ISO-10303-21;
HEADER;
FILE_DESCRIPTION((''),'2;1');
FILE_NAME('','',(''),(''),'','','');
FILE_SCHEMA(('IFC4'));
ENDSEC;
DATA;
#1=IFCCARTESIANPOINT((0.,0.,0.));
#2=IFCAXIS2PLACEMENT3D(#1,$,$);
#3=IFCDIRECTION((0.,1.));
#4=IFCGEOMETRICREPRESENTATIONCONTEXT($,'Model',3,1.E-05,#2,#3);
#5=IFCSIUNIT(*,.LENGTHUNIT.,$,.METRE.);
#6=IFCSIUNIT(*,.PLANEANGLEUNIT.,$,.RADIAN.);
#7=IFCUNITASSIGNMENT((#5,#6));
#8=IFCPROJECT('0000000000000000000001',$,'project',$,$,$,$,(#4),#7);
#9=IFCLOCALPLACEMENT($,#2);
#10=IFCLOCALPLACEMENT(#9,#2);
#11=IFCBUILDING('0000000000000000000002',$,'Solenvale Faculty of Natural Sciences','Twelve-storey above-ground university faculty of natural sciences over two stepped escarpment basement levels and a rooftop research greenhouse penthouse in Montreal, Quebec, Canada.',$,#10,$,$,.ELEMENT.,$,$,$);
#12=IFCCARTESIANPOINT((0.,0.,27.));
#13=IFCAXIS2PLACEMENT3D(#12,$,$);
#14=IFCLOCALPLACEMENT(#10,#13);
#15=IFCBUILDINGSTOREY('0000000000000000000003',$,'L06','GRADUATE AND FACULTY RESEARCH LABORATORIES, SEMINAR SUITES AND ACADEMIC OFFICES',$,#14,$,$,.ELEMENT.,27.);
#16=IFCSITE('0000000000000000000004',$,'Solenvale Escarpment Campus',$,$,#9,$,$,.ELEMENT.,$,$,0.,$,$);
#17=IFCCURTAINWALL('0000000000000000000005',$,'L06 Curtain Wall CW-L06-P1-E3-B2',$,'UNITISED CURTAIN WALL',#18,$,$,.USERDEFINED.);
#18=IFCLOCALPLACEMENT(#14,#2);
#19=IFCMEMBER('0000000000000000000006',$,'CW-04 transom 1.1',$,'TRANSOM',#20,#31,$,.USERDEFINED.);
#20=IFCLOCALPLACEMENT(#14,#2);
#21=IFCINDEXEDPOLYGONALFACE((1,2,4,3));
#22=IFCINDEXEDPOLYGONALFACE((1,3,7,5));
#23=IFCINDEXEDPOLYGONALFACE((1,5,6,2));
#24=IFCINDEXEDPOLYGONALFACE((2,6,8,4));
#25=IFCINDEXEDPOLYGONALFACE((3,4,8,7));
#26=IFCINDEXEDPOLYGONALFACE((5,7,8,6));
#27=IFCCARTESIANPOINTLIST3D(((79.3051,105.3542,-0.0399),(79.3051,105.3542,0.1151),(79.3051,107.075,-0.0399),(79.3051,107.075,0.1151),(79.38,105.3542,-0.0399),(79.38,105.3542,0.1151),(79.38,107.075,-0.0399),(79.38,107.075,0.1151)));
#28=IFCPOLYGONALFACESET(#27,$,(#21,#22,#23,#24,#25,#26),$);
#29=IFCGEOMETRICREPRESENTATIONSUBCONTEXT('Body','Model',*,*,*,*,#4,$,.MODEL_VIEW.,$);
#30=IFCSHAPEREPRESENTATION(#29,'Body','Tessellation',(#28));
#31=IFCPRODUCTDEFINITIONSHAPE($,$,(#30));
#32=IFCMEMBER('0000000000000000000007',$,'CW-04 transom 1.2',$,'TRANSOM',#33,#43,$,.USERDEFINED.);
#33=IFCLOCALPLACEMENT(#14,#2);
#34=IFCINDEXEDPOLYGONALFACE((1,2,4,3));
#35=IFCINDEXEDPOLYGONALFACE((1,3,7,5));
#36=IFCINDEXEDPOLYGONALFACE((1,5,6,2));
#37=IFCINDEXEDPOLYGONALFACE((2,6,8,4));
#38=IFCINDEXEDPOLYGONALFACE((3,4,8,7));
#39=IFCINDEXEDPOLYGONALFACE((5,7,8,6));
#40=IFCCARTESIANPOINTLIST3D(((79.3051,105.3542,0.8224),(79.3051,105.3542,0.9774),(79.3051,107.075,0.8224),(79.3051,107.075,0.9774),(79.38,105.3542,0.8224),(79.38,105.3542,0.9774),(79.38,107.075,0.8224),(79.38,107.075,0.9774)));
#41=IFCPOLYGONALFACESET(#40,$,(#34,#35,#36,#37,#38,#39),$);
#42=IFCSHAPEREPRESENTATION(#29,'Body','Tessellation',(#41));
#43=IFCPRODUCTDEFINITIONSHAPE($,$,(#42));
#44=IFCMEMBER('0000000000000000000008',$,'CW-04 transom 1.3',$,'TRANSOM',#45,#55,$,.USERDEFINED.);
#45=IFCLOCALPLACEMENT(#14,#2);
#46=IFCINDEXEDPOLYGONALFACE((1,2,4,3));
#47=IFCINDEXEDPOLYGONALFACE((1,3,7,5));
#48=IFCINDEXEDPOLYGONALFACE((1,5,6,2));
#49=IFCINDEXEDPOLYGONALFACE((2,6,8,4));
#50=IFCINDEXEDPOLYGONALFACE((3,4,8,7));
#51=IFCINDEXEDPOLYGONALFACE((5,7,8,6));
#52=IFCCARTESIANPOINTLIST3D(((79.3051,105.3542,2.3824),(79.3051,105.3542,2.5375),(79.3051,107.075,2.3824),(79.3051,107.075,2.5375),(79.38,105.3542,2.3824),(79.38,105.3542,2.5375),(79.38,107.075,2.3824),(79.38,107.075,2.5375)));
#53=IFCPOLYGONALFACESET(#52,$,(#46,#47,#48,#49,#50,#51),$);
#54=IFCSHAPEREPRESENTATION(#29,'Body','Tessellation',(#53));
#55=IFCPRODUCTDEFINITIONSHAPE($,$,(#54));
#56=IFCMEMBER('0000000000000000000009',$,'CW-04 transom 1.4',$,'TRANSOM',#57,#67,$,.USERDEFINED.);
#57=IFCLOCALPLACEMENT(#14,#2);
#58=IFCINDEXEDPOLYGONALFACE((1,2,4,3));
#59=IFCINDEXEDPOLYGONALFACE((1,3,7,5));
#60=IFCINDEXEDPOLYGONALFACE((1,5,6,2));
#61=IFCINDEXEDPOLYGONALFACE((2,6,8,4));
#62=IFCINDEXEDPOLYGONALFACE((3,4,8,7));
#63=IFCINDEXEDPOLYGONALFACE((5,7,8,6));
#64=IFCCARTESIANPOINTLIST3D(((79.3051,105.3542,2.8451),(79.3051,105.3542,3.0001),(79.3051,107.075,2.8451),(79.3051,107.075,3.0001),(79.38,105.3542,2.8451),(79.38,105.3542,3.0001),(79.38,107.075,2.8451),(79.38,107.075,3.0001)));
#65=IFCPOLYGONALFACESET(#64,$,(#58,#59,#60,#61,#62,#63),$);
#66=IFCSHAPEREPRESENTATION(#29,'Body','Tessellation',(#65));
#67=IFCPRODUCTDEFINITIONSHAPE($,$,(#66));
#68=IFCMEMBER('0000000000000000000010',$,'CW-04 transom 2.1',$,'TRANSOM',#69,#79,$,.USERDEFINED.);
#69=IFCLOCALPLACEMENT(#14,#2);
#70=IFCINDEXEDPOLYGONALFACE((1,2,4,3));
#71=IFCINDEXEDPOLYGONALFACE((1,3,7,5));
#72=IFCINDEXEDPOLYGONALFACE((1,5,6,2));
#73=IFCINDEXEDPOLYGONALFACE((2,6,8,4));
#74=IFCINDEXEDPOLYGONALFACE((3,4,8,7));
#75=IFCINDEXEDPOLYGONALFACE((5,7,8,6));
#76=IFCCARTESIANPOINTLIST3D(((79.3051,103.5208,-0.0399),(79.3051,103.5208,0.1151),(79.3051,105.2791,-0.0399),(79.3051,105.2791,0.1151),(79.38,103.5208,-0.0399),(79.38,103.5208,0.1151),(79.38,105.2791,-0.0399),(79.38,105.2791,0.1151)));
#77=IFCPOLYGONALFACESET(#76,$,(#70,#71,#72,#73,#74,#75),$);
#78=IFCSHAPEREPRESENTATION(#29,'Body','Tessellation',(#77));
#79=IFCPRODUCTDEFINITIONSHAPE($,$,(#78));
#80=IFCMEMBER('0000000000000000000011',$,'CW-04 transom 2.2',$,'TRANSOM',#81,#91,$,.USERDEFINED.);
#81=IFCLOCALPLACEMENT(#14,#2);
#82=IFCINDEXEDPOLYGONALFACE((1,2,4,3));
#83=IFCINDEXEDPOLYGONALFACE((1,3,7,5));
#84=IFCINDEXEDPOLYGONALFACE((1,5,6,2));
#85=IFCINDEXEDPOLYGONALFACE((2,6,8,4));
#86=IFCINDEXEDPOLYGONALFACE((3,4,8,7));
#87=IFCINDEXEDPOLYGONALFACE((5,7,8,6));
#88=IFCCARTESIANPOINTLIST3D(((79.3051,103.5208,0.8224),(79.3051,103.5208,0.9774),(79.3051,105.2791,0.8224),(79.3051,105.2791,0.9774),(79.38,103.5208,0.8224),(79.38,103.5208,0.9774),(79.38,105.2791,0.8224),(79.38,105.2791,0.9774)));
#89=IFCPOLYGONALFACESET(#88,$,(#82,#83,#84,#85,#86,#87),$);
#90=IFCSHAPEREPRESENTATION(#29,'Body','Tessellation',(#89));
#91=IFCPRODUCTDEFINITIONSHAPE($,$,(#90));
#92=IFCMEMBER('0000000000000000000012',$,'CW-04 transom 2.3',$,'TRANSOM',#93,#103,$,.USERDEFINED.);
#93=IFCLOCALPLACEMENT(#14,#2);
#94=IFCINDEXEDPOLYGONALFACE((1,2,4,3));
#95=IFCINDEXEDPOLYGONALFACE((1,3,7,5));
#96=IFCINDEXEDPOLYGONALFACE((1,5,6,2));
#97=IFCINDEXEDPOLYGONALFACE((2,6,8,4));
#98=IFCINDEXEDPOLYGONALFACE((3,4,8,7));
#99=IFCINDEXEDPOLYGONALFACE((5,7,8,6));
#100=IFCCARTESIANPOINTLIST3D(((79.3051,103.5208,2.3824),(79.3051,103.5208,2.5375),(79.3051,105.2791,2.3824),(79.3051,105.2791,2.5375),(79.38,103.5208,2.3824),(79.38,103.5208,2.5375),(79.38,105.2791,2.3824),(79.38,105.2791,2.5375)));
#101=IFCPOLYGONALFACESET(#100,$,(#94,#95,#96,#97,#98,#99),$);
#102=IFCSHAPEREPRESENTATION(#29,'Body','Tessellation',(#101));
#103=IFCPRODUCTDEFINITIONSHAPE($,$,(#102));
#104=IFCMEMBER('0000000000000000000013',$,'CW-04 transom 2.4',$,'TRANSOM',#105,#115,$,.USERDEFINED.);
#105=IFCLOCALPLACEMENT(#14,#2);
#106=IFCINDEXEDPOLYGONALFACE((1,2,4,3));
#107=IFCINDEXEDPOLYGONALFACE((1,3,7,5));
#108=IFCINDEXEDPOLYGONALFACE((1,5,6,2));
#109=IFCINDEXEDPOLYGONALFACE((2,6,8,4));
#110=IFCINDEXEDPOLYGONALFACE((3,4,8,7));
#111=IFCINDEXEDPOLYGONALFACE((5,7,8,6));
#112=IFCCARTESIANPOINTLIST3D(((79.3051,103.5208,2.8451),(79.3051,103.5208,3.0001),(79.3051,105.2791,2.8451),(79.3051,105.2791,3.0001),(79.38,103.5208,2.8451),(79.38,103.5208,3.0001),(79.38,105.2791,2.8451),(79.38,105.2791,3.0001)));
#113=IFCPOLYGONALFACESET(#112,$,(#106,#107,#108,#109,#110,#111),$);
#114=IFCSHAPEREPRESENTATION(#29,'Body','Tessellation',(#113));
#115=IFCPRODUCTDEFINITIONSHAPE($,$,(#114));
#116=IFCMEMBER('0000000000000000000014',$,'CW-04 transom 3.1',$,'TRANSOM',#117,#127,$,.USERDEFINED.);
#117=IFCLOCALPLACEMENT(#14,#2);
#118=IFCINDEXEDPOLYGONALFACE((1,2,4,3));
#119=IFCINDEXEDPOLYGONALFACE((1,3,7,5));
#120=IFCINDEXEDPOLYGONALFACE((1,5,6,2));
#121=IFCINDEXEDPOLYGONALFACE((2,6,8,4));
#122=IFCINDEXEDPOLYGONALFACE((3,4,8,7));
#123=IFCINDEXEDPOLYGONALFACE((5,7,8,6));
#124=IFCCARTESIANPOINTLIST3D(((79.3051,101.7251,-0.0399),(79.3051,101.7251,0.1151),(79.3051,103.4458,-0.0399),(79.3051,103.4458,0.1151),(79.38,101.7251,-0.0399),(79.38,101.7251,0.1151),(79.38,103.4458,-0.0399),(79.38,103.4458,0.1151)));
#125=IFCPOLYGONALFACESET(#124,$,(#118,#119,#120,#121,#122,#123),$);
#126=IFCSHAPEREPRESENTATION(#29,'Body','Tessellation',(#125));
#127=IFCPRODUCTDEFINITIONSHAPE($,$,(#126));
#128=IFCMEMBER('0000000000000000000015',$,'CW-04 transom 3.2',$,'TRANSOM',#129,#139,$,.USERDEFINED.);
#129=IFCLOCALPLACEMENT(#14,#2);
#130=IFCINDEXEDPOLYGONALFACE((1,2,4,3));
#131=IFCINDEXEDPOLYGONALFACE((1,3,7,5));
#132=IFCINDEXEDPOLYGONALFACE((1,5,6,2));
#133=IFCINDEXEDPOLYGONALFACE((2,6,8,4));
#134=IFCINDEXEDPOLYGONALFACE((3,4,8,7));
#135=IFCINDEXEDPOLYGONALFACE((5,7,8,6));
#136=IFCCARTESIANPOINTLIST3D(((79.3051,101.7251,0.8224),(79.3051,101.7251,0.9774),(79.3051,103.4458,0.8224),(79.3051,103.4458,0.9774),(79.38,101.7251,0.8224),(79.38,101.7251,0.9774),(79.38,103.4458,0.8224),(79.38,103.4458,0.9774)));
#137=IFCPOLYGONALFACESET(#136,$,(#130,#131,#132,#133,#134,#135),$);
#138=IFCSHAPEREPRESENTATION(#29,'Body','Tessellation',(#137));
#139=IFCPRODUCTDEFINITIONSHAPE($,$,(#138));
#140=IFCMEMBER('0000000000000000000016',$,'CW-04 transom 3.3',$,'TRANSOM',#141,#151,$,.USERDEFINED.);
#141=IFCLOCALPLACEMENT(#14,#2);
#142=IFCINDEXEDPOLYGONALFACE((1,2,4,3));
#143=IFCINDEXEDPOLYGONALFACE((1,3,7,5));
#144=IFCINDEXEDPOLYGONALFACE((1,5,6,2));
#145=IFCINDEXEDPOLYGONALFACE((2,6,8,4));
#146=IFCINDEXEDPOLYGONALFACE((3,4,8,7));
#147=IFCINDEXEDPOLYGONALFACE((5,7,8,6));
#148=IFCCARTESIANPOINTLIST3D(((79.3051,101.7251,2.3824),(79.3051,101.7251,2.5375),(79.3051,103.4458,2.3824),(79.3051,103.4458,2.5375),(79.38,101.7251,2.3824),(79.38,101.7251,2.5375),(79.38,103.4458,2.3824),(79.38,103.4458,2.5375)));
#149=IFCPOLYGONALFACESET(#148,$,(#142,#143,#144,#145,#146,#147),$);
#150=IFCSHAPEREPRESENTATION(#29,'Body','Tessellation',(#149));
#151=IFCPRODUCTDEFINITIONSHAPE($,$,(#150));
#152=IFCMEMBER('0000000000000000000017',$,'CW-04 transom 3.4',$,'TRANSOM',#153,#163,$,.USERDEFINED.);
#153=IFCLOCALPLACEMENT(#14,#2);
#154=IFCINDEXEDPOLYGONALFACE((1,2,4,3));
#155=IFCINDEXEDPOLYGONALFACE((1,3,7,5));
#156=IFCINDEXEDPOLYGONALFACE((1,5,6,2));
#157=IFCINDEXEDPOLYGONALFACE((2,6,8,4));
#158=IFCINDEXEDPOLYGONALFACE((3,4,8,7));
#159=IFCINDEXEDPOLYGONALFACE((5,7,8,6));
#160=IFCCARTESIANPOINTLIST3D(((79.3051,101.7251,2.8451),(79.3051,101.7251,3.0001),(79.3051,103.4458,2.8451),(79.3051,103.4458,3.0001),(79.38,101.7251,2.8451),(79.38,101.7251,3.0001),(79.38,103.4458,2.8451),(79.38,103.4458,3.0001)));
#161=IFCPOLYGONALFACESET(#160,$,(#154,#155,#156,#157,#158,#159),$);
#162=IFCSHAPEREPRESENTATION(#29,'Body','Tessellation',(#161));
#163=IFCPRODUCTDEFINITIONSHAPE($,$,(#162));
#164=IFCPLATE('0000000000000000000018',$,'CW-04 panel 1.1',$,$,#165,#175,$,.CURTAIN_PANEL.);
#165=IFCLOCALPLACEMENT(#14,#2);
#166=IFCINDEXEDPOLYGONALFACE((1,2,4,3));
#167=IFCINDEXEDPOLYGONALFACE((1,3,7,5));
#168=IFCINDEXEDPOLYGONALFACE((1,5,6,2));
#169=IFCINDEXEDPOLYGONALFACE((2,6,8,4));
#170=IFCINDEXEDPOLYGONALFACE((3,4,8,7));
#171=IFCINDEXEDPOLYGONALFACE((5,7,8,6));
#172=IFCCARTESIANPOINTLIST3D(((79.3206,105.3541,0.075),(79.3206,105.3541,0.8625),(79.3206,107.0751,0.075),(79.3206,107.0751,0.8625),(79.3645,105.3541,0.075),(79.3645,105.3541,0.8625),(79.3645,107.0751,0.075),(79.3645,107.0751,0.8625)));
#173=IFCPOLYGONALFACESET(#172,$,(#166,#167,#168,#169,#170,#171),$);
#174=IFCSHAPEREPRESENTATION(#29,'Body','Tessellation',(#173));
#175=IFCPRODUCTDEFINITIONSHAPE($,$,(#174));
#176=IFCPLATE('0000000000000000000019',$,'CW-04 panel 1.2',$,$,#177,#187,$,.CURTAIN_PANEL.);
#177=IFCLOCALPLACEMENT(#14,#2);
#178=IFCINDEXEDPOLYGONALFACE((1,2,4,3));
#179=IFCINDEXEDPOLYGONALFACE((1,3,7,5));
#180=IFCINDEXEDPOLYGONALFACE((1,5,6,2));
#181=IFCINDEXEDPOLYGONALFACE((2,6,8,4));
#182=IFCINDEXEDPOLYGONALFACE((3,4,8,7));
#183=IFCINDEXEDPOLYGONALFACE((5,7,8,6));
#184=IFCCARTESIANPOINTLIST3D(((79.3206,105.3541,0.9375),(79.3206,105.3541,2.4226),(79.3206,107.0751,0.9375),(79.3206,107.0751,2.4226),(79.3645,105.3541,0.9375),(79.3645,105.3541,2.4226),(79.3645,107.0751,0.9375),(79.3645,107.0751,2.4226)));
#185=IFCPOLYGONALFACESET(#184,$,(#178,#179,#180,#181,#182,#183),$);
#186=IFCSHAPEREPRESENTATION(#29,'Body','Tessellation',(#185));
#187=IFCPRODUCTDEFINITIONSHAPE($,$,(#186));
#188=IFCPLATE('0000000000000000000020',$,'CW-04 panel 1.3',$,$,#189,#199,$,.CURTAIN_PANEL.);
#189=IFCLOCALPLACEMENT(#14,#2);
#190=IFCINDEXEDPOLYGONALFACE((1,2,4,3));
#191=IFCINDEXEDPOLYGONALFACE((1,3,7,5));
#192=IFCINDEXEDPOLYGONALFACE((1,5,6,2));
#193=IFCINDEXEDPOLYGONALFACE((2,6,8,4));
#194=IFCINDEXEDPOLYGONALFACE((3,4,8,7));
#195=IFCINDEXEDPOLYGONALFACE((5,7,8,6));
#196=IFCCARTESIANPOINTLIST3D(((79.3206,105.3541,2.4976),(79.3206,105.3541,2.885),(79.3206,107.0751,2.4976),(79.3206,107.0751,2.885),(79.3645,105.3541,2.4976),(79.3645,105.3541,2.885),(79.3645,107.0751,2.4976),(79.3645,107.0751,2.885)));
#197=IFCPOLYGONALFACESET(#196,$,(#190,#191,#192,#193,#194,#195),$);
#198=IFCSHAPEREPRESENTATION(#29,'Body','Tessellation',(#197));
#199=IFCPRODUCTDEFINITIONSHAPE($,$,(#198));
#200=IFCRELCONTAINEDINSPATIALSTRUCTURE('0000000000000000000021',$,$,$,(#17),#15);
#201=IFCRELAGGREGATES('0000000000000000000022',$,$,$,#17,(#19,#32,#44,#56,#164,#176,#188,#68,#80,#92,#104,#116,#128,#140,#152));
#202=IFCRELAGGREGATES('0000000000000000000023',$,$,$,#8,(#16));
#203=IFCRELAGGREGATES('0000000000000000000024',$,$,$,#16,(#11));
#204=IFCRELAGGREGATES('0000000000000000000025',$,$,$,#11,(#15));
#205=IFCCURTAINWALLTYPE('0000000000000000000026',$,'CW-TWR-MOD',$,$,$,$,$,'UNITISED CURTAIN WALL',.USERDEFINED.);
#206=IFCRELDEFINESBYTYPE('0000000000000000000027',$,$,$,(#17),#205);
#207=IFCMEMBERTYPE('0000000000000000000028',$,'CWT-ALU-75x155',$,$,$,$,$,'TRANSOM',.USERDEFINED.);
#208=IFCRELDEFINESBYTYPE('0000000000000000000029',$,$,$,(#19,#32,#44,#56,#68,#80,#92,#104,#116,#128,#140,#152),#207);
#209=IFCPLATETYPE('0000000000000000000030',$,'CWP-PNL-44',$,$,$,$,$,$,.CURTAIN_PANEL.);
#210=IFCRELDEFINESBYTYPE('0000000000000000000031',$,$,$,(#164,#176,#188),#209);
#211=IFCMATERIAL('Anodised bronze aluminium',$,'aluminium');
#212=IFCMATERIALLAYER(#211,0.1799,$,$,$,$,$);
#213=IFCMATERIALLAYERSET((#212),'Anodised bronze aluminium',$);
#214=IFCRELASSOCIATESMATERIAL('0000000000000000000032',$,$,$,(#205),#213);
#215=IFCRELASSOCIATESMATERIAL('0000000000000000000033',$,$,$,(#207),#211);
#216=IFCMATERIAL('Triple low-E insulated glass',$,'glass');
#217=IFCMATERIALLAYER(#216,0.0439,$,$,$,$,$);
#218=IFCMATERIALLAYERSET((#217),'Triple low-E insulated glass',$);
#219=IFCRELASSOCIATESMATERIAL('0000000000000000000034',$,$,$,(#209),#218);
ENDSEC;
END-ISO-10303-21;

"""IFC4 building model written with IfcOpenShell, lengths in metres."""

from ifc_helpers import new_model, si_unit, direction, frame, origin, origin_2d, place, context, subcontext, project, spatial, rectangle, extrude, material, layer, layer_set, material_profile, profile_set, type_object, element, aggregate, save


model = new_model("IFC4")

# Units and contexts
model_context = context("Model", 3, precision=1e-05, world=origin(), true_north=direction((0.0, 1.0)))
body_context = subcontext(model_context, "Body", "Model", "MODEL_VIEW")
ifc_project = project(units=[si_unit("LENGTHUNIT", "METRE"), si_unit("PLANEANGLEUNIT", "RADIAN")], contexts=[model_context])

# Site, building, storey
site_placement = place(None, origin())
site = spatial("IfcSite", under=ifc_project, at=site_placement, Name="Solenvale Escarpment Campus", CompositionType="ELEMENT", RefElevation=0.0)
building_placement = place(site_placement, origin())
building = spatial("IfcBuilding", under=site, at=building_placement, Name="Solenvale Faculty of Natural Sciences", Description="Twelve-storey above-ground university faculty of natural sciences over two stepped escarpment basement levels and a rooftop research greenhouse penthouse in Montreal, Quebec, Canada.", CompositionType="ELEMENT")
storey_placement = place(building_placement, frame((0.0, 0.0, 27.0)))
storey = spatial("IfcBuildingStorey", under=building, at=storey_placement, Name="L06", Description="GRADUATE AND FACULTY RESEARCH LABORATORIES, SEMINAR SUITES AND ACADEMIC OFFICES", CompositionType="ELEMENT", Elevation=27.0)

# Curtain wall, members, plates
ifc_material_1 = material(Name="Anodised bronze aluminium", Category="aluminium")
ifc_layer_1 = layer(ifc_material_1, 0.1799)
ifc_layer_set_1 = layer_set([ifc_layer_1], Name="Anodised bronze aluminium")
curtain_wall_type = type_object("IfcCurtainWallType", Name="CW-TWR-MOD", ElementType="UNITISED CURTAIN WALL", PredefinedType="USERDEFINED", material=ifc_layer_set_1)
curtain_wall_placement = place(storey_placement, origin())
curtain_wall = element("IfcCurtainWall", 1, at=curtain_wall_placement, inside=storey, type_object=curtain_wall_type, Name="L06 Curtain Wall CW-L06-P1-E3-B2", ObjectType="UNITISED CURTAIN WALL", PredefinedType="USERDEFINED")
ifc_material_profile_1 = material_profile(ifc_material_1, rectangle(XDim=0.075, YDim=0.155, at=origin_2d()), Name="ALU-TRN-75x155")
ifc_profile_set_1 = profile_set([ifc_material_profile_1], Name="Anodised bronze aluminium")
member_type_1 = type_object("IfcMemberType", Name="CWT-ALU-75x155", ElementType="TRANSOM", PredefinedType="USERDEFINED", material=ifc_profile_set_1)
member_1_placement = place(storey_placement, frame((79.3425, 107.075, 0.0376), z_axis=(0.0, -1.0, 0.0), x_axis=(1.0, 0.0, 0.0)))
member_1 = element("IfcMember", 2, at=member_1_placement, type_object=member_type_1, Name="CW-04 transom 1.1", ObjectType="TRANSOM", PredefinedType="USERDEFINED", context=body_context, shape_type="SweptSolid", body=[
    extrude(rectangle(XDim=0.075, YDim=0.155, at=origin_2d()), origin(), (0.0, 0.0, 1.0), 1.7207),
])
member_2_placement = place(storey_placement, frame((79.3425, 107.075, 0.8999), z_axis=(0.0, -1.0, 0.0), x_axis=(1.0, 0.0, 0.0)))
member_2 = element("IfcMember", 3, at=member_2_placement, type_object=member_type_1, Name="CW-04 transom 1.2", ObjectType="TRANSOM", PredefinedType="USERDEFINED", context=body_context, shape_type="SweptSolid", body=[
    extrude(rectangle(XDim=0.075, YDim=0.155, at=origin_2d()), origin(), (0.0, 0.0, 1.0), 1.7207),
])
member_3_placement = place(storey_placement, frame((79.3425, 107.075, 2.46), z_axis=(0.0, -1.0, 0.0), x_axis=(1.0, 0.0, 0.0)))
member_3 = element("IfcMember", 4, at=member_3_placement, type_object=member_type_1, Name="CW-04 transom 1.3", ObjectType="TRANSOM", PredefinedType="USERDEFINED", context=body_context, shape_type="SweptSolid", body=[
    extrude(rectangle(XDim=0.075, YDim=0.155, at=origin_2d()), origin(), (0.0, 0.0, 1.0), 1.7207),
])
member_4_placement = place(storey_placement, frame((79.3425, 107.075, 2.9226), z_axis=(0.0, -1.0, 0.0), x_axis=(1.0, 0.0, 0.0)))
member_4 = element("IfcMember", 5, at=member_4_placement, type_object=member_type_1, Name="CW-04 transom 1.4", ObjectType="TRANSOM", PredefinedType="USERDEFINED", context=body_context, shape_type="SweptSolid", body=[
    extrude(rectangle(XDim=0.075, YDim=0.155, at=origin_2d()), origin(), (0.0, 0.0, 1.0), 1.7207),
])
member_5_placement = place(storey_placement, frame((79.3425, 105.2791, 0.0376), z_axis=(0.0, -1.0, 0.0), x_axis=(1.0, 0.0, 0.0)))
member_5 = element("IfcMember", 6, at=member_5_placement, type_object=member_type_1, Name="CW-04 transom 2.1", ObjectType="TRANSOM", PredefinedType="USERDEFINED", context=body_context, shape_type="SweptSolid", body=[
    extrude(rectangle(XDim=0.075, YDim=0.155, at=origin_2d()), origin(), (0.0, 0.0, 1.0), 1.7583),
])
member_6_placement = place(storey_placement, frame((79.3425, 105.2791, 0.8999), z_axis=(0.0, -1.0, 0.0), x_axis=(1.0, 0.0, 0.0)))
member_6 = element("IfcMember", 7, at=member_6_placement, type_object=member_type_1, Name="CW-04 transom 2.2", ObjectType="TRANSOM", PredefinedType="USERDEFINED", context=body_context, shape_type="SweptSolid", body=[
    extrude(rectangle(XDim=0.075, YDim=0.155, at=origin_2d()), origin(), (0.0, 0.0, 1.0), 1.7583),
])
member_7_placement = place(storey_placement, frame((79.3425, 105.2791, 2.46), z_axis=(0.0, -1.0, 0.0), x_axis=(1.0, 0.0, 0.0)))
member_7 = element("IfcMember", 8, at=member_7_placement, type_object=member_type_1, Name="CW-04 transom 2.3", ObjectType="TRANSOM", PredefinedType="USERDEFINED", context=body_context, shape_type="SweptSolid", body=[
    extrude(rectangle(XDim=0.075, YDim=0.155, at=origin_2d()), origin(), (0.0, 0.0, 1.0), 1.7583),
])
member_8_placement = place(storey_placement, frame((79.3425, 105.2791, 2.9226), z_axis=(0.0, -1.0, 0.0), x_axis=(1.0, 0.0, 0.0)))
member_8 = element("IfcMember", 9, at=member_8_placement, type_object=member_type_1, Name="CW-04 transom 2.4", ObjectType="TRANSOM", PredefinedType="USERDEFINED", context=body_context, shape_type="SweptSolid", body=[
    extrude(rectangle(XDim=0.075, YDim=0.155, at=origin_2d()), origin(), (0.0, 0.0, 1.0), 1.7583),
])
member_9_placement = place(storey_placement, frame((79.3425, 103.4458, 0.0376), z_axis=(0.0, -1.0, 0.0), x_axis=(1.0, 0.0, 0.0)))
member_9 = element("IfcMember", 10, at=member_9_placement, type_object=member_type_1, Name="CW-04 transom 3.1", ObjectType="TRANSOM", PredefinedType="USERDEFINED", context=body_context, shape_type="SweptSolid", body=[
    extrude(rectangle(XDim=0.075, YDim=0.155, at=origin_2d()), origin(), (0.0, 0.0, 1.0), 1.7207),
])
member_10_placement = place(storey_placement, frame((79.3425, 103.4458, 0.8999), z_axis=(0.0, -1.0, 0.0), x_axis=(1.0, 0.0, 0.0)))
member_10 = element("IfcMember", 11, at=member_10_placement, type_object=member_type_1, Name="CW-04 transom 3.2", ObjectType="TRANSOM", PredefinedType="USERDEFINED", context=body_context, shape_type="SweptSolid", body=[
    extrude(rectangle(XDim=0.075, YDim=0.155, at=origin_2d()), origin(), (0.0, 0.0, 1.0), 1.7207),
])
member_11_placement = place(storey_placement, frame((79.3425, 103.4458, 2.46), z_axis=(0.0, -1.0, 0.0), x_axis=(1.0, 0.0, 0.0)))
member_11 = element("IfcMember", 12, at=member_11_placement, type_object=member_type_1, Name="CW-04 transom 3.3", ObjectType="TRANSOM", PredefinedType="USERDEFINED", context=body_context, shape_type="SweptSolid", body=[
    extrude(rectangle(XDim=0.075, YDim=0.155, at=origin_2d()), origin(), (0.0, 0.0, 1.0), 1.7207),
])
member_12_placement = place(storey_placement, frame((79.3425, 103.4458, 2.9226), z_axis=(0.0, -1.0, 0.0), x_axis=(1.0, 0.0, 0.0)))
member_12 = element("IfcMember", 13, at=member_12_placement, type_object=member_type_1, Name="CW-04 transom 3.4", ObjectType="TRANSOM", PredefinedType="USERDEFINED", context=body_context, shape_type="SweptSolid", body=[
    extrude(rectangle(XDim=0.075, YDim=0.155, at=origin_2d()), origin(), (0.0, 0.0, 1.0), 1.7207),
])
ifc_material_2 = material(Name="Triple low-E insulated glass", Category="glass")
ifc_layer_2 = layer(ifc_material_2, 0.0439)
ifc_layer_set_2 = layer_set([ifc_layer_2], Name="Triple low-E insulated glass")
plate_type = type_object("IfcPlateType", Name="CWP-PNL-44", PredefinedType="CURTAIN_PANEL", material=ifc_layer_set_2)
plate_1_placement = place(storey_placement, frame((79.3425, 106.2146, 0.075), z_axis=(0.0, 0.0, 1.0), x_axis=(0.0, -1.0, 0.0)))
plate_1 = element("IfcPlate", 14, at=plate_1_placement, type_object=plate_type, Name="CW-04 panel 1.1", PredefinedType="CURTAIN_PANEL", context=body_context, shape_type="SweptSolid", body=[
    extrude(rectangle(XDim=1.7209, YDim=0.0439, at=origin_2d()), origin(), (0.0, 0.0, 1.0), 0.7876),
])
plate_2_placement = place(storey_placement, frame((79.3425, 106.2146, 0.9375), z_axis=(0.0, 0.0, 1.0), x_axis=(0.0, -1.0, 0.0)))
plate_2 = element("IfcPlate", 15, at=plate_2_placement, type_object=plate_type, Name="CW-04 panel 1.2", PredefinedType="CURTAIN_PANEL", context=body_context, shape_type="SweptSolid", body=[
    extrude(rectangle(XDim=1.7209, YDim=0.0439, at=origin_2d()), origin(), (0.0, 0.0, 1.0), 1.4851),
])
plate_3_placement = place(storey_placement, frame((79.3425, 106.2146, 2.4976), z_axis=(0.0, 0.0, 1.0), x_axis=(0.0, -1.0, 0.0)))
plate_3 = element("IfcPlate", 16, at=plate_3_placement, type_object=plate_type, Name="CW-04 panel 1.3", PredefinedType="CURTAIN_PANEL", context=body_context, shape_type="SweptSolid", body=[
    extrude(rectangle(XDim=1.7209, YDim=0.0439, at=origin_2d()), origin(), (0.0, 0.0, 1.0), 0.3875),
])
aggregate(curtain_wall, [member_1, member_2, member_3, member_4, plate_1, plate_2, plate_3, member_5, member_6, member_7, member_8, member_9, member_10, member_11, member_12])

save(model, "model.ifc")
